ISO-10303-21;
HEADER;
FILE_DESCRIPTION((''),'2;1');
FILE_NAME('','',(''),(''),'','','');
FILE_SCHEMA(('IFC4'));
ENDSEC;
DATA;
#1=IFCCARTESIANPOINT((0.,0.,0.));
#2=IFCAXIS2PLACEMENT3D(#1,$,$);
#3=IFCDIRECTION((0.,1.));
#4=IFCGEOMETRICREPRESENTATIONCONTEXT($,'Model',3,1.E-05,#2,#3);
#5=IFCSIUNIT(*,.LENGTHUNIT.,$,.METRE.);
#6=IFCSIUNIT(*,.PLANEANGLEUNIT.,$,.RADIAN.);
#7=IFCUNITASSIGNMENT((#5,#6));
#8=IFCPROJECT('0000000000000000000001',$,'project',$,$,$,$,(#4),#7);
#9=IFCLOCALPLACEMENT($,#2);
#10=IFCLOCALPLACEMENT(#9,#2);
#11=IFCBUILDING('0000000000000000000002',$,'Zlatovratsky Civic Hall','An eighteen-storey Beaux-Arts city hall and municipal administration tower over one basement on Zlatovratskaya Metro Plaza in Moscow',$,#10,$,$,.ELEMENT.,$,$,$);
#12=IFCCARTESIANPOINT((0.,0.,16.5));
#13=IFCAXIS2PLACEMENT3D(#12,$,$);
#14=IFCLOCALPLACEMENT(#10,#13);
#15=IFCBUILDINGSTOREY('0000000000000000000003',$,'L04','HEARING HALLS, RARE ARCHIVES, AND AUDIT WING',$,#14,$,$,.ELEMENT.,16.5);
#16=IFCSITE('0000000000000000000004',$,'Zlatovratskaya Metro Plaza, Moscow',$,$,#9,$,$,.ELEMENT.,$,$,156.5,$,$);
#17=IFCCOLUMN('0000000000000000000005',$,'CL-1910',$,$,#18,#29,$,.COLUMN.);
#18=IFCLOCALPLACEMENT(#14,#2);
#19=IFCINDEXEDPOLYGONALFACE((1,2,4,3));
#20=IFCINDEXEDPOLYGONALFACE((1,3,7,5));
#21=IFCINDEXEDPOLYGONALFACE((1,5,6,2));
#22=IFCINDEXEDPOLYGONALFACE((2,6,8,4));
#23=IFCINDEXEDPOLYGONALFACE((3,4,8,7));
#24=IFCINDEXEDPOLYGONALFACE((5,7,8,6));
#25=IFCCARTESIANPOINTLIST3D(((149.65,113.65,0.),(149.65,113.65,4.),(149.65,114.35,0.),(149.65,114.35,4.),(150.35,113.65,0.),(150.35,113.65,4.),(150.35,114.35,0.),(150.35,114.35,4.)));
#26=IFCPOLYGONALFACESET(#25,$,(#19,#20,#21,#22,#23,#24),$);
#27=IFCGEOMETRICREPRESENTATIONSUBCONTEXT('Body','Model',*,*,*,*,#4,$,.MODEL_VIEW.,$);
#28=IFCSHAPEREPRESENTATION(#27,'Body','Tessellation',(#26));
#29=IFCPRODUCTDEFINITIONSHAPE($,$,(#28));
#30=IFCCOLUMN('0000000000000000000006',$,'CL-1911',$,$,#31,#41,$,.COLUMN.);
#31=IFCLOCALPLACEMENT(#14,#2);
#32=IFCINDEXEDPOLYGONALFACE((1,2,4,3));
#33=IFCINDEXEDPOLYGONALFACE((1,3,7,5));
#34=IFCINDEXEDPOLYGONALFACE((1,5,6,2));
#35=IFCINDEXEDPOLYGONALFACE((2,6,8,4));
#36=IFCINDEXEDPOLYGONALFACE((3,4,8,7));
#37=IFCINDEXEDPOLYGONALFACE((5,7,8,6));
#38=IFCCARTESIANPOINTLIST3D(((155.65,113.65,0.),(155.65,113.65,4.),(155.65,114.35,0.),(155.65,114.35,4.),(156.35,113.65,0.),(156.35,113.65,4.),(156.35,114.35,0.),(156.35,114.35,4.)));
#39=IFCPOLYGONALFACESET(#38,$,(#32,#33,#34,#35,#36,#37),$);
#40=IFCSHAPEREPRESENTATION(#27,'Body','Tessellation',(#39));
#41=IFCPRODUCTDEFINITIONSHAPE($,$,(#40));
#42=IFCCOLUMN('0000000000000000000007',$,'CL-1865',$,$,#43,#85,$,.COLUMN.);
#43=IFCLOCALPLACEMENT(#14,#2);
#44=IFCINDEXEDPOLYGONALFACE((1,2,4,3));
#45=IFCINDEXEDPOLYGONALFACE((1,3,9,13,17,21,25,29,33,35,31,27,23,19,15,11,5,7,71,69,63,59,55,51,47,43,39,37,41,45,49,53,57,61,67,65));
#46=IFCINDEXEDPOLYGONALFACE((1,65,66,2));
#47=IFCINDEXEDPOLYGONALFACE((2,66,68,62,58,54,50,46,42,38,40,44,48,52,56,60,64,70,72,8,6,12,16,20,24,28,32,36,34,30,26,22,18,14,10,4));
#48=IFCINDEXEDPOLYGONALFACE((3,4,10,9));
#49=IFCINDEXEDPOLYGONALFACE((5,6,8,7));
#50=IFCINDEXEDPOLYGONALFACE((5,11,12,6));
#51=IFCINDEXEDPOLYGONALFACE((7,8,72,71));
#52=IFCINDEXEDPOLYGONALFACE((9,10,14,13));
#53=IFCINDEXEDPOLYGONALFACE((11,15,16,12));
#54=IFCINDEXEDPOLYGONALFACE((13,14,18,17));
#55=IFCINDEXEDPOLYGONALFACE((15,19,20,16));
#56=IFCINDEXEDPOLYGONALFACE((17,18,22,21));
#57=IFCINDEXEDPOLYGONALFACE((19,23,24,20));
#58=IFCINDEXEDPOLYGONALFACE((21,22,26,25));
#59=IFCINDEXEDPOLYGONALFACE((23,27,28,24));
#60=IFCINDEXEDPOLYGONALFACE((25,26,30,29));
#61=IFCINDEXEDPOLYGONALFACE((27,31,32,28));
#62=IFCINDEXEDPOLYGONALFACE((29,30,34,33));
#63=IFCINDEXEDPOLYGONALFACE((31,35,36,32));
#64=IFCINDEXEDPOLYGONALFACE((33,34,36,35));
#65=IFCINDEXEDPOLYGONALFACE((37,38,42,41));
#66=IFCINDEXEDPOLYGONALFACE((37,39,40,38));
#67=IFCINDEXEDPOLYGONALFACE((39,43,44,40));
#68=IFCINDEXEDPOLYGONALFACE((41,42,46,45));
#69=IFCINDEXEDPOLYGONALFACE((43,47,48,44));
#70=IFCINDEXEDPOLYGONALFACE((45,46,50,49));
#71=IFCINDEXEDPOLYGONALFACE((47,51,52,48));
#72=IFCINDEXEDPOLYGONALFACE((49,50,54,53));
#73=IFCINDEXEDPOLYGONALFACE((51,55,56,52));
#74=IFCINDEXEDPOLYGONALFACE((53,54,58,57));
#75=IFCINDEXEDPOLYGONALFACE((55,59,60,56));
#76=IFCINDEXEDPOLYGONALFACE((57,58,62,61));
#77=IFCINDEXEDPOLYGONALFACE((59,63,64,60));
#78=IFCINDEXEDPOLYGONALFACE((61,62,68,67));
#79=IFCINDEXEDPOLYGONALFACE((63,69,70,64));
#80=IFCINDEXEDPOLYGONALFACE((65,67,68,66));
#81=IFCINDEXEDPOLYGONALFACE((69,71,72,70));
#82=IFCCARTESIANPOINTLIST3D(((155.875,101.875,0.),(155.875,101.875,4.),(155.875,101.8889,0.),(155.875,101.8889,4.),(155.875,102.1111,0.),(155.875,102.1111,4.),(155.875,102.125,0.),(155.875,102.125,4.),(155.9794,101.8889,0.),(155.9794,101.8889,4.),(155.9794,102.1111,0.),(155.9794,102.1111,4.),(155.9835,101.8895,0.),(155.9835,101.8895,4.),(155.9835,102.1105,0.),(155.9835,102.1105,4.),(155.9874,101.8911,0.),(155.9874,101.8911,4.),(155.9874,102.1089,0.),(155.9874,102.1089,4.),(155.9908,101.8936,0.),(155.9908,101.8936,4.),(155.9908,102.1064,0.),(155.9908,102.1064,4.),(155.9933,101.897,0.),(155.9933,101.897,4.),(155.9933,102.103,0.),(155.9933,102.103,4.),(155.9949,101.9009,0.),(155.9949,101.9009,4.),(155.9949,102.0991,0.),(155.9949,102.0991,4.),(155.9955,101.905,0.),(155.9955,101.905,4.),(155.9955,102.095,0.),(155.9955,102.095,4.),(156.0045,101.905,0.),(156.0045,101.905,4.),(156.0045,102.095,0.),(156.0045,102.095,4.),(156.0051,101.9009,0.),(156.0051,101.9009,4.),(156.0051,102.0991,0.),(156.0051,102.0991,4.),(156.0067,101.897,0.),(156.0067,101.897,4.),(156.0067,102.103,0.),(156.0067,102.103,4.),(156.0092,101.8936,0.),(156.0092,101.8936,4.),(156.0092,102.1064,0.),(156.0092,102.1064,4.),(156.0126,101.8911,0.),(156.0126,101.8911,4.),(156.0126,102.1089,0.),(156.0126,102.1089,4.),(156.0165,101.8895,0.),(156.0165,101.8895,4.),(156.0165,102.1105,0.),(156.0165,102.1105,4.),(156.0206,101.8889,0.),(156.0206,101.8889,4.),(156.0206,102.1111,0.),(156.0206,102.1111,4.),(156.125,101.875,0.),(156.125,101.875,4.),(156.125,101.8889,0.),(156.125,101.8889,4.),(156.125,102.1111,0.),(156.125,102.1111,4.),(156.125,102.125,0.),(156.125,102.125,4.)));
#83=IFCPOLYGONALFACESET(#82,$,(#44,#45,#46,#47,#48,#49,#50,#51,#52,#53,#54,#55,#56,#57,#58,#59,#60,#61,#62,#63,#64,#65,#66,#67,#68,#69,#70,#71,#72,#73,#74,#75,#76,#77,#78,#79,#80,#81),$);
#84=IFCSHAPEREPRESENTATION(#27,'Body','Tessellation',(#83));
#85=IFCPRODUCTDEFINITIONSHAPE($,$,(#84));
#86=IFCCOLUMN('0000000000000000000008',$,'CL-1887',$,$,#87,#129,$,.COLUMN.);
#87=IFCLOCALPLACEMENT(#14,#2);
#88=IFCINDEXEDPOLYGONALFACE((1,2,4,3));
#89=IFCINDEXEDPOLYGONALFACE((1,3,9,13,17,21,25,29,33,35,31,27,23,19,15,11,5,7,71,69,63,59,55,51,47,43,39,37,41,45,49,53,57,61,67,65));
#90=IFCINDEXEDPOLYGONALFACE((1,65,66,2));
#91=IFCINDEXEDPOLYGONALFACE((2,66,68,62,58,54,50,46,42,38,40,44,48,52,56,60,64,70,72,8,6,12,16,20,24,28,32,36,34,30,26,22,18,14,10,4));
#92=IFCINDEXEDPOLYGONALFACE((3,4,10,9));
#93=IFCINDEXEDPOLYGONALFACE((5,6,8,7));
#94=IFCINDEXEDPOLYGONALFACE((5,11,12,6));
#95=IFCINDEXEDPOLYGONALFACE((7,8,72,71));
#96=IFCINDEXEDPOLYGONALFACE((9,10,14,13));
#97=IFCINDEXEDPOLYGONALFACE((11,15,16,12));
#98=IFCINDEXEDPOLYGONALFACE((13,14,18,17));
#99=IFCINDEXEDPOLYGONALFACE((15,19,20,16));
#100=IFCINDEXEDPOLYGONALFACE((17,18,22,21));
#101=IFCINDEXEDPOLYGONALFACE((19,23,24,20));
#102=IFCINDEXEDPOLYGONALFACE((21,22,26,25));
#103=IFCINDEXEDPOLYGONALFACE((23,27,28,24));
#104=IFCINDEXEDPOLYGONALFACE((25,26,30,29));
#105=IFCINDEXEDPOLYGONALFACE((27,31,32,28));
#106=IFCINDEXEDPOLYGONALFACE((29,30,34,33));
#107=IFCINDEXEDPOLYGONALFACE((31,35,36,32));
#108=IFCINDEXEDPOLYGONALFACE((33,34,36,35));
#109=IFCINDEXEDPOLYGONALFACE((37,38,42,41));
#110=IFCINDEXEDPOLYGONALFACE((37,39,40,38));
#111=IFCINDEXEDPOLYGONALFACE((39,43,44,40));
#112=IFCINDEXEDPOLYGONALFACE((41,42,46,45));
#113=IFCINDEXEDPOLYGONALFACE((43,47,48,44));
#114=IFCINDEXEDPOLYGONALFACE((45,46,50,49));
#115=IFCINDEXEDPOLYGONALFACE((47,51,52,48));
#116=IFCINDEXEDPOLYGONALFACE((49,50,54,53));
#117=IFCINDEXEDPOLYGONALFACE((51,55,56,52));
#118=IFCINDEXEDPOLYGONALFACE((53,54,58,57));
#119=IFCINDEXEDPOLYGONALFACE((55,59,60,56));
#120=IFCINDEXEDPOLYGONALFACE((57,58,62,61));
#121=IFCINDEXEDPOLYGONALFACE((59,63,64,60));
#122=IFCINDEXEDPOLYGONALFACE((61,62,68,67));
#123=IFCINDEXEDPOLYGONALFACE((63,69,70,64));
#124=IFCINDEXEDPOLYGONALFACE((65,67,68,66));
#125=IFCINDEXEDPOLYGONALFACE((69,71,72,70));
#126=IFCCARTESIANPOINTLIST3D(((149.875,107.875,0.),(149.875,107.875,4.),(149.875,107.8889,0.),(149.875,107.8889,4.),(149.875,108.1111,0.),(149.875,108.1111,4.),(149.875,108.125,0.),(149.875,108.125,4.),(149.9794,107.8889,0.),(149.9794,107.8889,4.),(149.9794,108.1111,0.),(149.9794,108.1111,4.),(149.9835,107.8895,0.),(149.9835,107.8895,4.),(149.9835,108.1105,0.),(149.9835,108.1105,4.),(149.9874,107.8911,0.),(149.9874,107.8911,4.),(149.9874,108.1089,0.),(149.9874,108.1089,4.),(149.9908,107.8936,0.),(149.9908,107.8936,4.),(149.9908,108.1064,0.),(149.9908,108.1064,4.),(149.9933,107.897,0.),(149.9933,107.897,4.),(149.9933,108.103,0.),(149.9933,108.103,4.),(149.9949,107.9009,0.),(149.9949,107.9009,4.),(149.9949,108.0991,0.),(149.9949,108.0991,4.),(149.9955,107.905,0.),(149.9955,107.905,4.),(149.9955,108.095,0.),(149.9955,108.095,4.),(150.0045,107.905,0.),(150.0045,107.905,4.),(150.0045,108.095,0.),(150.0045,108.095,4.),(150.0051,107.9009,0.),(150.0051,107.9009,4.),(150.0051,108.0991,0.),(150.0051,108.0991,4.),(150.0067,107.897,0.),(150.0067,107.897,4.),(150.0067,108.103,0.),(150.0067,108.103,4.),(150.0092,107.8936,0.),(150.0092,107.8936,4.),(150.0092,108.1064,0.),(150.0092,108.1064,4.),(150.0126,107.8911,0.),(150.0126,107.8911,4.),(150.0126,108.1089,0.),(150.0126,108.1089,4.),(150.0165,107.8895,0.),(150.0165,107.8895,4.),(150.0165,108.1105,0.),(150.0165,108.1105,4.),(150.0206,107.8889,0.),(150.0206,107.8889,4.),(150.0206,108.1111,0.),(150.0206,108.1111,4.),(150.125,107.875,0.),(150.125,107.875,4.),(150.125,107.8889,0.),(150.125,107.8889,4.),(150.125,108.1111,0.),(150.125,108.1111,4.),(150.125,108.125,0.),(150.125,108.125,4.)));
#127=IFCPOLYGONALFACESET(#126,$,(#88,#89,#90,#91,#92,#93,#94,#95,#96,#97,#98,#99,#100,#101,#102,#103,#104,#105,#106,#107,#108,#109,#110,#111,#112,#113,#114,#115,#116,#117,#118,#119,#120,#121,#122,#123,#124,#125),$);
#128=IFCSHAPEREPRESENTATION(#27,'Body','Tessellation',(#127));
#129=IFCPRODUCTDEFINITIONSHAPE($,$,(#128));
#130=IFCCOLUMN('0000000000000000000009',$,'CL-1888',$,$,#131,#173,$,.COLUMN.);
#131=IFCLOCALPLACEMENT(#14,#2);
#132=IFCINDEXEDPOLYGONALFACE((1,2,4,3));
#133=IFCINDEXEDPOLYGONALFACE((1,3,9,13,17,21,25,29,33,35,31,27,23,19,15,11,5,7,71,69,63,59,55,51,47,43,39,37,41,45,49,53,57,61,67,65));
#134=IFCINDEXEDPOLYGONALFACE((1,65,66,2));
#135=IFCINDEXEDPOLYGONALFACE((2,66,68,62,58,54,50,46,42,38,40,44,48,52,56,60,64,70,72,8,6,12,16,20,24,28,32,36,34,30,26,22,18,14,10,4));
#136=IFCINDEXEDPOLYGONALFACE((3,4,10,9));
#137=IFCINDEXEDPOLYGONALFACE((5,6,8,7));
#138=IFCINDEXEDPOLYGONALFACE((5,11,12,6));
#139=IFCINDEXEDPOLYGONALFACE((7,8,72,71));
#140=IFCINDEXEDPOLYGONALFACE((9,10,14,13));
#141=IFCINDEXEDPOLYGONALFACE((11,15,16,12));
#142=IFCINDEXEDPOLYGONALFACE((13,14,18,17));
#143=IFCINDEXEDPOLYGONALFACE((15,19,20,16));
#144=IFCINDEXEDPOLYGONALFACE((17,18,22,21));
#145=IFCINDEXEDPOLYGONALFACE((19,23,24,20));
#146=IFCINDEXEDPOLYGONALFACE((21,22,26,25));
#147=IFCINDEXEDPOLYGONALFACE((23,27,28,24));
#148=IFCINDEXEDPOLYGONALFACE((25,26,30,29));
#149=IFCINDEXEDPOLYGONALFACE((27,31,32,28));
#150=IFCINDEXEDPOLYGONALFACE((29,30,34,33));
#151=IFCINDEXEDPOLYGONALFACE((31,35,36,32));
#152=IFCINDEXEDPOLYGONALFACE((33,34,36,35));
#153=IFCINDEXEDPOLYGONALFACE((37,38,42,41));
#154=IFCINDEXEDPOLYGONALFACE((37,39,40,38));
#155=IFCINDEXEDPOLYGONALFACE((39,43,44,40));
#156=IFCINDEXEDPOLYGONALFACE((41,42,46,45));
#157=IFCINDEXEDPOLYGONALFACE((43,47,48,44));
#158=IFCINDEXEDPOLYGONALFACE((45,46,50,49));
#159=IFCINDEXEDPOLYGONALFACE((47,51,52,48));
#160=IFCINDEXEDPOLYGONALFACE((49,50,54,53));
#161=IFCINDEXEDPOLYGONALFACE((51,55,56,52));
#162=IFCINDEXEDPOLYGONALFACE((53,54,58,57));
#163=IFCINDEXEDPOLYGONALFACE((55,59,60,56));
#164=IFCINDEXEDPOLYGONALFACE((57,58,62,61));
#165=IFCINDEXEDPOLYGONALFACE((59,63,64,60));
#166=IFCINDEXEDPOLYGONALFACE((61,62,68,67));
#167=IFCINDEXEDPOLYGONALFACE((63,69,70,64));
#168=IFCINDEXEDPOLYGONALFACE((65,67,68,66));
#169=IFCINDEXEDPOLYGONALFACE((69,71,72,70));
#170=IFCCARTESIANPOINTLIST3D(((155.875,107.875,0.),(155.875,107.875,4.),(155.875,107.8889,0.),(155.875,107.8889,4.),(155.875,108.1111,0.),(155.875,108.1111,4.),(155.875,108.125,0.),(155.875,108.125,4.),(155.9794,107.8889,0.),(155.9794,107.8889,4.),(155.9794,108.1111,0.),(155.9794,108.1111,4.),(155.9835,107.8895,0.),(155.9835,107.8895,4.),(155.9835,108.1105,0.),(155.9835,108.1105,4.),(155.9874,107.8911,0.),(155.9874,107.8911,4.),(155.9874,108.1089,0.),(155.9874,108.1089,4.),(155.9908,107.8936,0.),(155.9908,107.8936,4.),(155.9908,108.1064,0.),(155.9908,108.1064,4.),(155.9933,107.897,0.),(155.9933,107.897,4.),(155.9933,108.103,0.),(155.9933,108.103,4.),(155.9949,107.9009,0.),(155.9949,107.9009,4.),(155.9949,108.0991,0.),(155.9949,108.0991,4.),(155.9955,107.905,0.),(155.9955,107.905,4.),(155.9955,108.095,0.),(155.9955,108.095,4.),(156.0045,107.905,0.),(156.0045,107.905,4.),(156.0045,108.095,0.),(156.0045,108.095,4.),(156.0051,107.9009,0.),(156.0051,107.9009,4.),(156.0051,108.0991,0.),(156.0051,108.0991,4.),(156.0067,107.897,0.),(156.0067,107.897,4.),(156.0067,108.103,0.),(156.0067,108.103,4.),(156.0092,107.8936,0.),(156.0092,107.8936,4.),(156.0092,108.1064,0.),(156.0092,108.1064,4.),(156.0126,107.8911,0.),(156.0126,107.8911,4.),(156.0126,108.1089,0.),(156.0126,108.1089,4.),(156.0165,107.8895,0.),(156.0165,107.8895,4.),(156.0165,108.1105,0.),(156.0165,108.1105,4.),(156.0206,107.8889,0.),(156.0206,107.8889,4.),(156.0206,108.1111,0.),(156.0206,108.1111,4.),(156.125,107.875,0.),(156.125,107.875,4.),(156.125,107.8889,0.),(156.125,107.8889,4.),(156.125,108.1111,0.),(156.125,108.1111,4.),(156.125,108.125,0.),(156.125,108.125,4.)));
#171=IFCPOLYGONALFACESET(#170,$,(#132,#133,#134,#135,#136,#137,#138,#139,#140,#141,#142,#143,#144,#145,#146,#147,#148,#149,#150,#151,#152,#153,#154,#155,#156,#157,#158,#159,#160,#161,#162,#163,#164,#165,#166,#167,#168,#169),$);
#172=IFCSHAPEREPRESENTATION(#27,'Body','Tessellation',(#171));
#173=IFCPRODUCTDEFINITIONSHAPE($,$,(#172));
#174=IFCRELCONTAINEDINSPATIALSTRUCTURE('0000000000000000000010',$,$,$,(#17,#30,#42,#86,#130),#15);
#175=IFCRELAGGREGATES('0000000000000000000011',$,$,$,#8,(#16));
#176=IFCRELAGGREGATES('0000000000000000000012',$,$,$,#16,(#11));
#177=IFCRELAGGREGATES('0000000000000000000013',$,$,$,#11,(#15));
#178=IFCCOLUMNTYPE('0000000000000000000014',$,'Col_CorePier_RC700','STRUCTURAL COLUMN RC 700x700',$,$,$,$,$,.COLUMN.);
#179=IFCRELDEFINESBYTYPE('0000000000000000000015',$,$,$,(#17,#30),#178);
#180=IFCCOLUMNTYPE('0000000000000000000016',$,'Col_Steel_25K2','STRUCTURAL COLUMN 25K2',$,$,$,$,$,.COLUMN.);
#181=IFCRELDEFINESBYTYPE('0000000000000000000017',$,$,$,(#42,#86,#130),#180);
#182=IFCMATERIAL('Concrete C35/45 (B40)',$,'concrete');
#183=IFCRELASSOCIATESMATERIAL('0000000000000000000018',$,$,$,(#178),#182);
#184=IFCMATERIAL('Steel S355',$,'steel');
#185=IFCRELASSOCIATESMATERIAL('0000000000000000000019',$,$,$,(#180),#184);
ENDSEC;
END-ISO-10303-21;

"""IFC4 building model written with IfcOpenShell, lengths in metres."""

from ifc_helpers import new_model, si_unit, direction, frame, origin, origin_2d, place, context, subcontext, project, spatial, rectangle, i_section, extrude, material, material_profile, profile_set, type_object, element, save


model = new_model("IFC4")

# Units and contexts
model_context = context("Model", 3, precision=1e-05, world=origin(), true_north=direction((0.0, 1.0)))
body_context = subcontext(model_context, "Body", "Model", "MODEL_VIEW")
ifc_project = project(units=[si_unit("LENGTHUNIT", "METRE"), si_unit("PLANEANGLEUNIT", "RADIAN")], contexts=[model_context])

# Site, building, storey
site_placement = place(None, origin())
site = spatial("IfcSite", under=ifc_project, at=site_placement, Name="Zlatovratskaya Metro Plaza, Moscow", CompositionType="ELEMENT", RefElevation=156.5)
building_placement = place(site_placement, origin())
building = spatial("IfcBuilding", under=site, at=building_placement, Name="Zlatovratsky Civic Hall", Description="An eighteen-storey Beaux-Arts city hall and municipal administration tower over one basement on Zlatovratskaya Metro Plaza in Moscow", CompositionType="ELEMENT")
storey_placement = place(building_placement, frame((0.0, 0.0, 16.5)))
storey = spatial("IfcBuildingStorey", under=building, at=storey_placement, Name="L04", Description="HEARING HALLS, RARE ARCHIVES, AND AUDIT WING", CompositionType="ELEMENT", Elevation=16.5)

# Columns
ifc_material_1 = material(Name="Concrete C35/45 (B40)", Category="concrete")
ifc_material_profile_1 = material_profile(ifc_material_1, rectangle(XDim=0.7, YDim=0.7, at=origin_2d()), Name="RC 700x700")
ifc_profile_set_1 = profile_set([ifc_material_profile_1], Name="Concrete C35/45 (B40)")
column_type_1 = type_object("IfcColumnType", Name="Col_CorePier_RC700", Description="STRUCTURAL COLUMN RC 700x700", PredefinedType="COLUMN", material=ifc_profile_set_1)
for number, where, z_axis, x_axis, name in (
    (1, (150.0, 114.0, 0.0), (0.0, 0.0, 1.0), (1.0, 0.0, 0.0), "CL-1910"),
    (2, (156.0, 114.0, 0.0), (0.0, 0.0, 1.0), (1.0, 0.0, 0.0), "CL-1911"),
):
    element("IfcColumn", number, at=place(storey_placement, frame(where, z_axis=z_axis, x_axis=x_axis)), inside=storey, type_object=column_type_1, Name=name, PredefinedType="COLUMN", context=body_context, shape_type="SweptSolid", body=[
        extrude(rectangle(XDim=0.7, YDim=0.7, at=origin_2d()), origin(), (0.0, 0.0, 1.0), 4.0),
    ])
ifc_material_2 = material(Name="Steel S355", Category="steel")
ifc_material_profile_2 = material_profile(ifc_material_2, i_section(OverallWidth=0.25, OverallDepth=0.25, WebThickness=0.009, FlangeThickness=0.0139, FilletRadius=0.0161, at=origin_2d()), Name="25K2")
ifc_profile_set_2 = profile_set([ifc_material_profile_2], Name="Steel S355")
column_type_2 = type_object("IfcColumnType", Name="Col_Steel_25K2", Description="STRUCTURAL COLUMN 25K2", PredefinedType="COLUMN", material=ifc_profile_set_2)
for number, where, z_axis, x_axis, name in (
    (3, (156.0, 102.0, 0.0), (0.0, 0.0, 1.0), (1.0, 0.0, 0.0), "CL-1865"),
    (4, (150.0, 108.0, 0.0), (0.0, 0.0, 1.0), (1.0, 0.0, 0.0), "CL-1887"),
    (5, (156.0, 108.0, 0.0), (0.0, 0.0, 1.0), (1.0, 0.0, 0.0), "CL-1888"),
):
    element("IfcColumn", number, at=place(storey_placement, frame(where, z_axis=z_axis, x_axis=x_axis)), inside=storey, type_object=column_type_2, Name=name, PredefinedType="COLUMN", context=body_context, shape_type="SweptSolid", body=[
        extrude(i_section(OverallWidth=0.25, OverallDepth=0.25, WebThickness=0.009, FlangeThickness=0.0139, FilletRadius=0.0161, at=origin_2d()), origin(), (0.0, 0.0, 1.0), 4.0),
    ])

save(model, "model.ifc")
